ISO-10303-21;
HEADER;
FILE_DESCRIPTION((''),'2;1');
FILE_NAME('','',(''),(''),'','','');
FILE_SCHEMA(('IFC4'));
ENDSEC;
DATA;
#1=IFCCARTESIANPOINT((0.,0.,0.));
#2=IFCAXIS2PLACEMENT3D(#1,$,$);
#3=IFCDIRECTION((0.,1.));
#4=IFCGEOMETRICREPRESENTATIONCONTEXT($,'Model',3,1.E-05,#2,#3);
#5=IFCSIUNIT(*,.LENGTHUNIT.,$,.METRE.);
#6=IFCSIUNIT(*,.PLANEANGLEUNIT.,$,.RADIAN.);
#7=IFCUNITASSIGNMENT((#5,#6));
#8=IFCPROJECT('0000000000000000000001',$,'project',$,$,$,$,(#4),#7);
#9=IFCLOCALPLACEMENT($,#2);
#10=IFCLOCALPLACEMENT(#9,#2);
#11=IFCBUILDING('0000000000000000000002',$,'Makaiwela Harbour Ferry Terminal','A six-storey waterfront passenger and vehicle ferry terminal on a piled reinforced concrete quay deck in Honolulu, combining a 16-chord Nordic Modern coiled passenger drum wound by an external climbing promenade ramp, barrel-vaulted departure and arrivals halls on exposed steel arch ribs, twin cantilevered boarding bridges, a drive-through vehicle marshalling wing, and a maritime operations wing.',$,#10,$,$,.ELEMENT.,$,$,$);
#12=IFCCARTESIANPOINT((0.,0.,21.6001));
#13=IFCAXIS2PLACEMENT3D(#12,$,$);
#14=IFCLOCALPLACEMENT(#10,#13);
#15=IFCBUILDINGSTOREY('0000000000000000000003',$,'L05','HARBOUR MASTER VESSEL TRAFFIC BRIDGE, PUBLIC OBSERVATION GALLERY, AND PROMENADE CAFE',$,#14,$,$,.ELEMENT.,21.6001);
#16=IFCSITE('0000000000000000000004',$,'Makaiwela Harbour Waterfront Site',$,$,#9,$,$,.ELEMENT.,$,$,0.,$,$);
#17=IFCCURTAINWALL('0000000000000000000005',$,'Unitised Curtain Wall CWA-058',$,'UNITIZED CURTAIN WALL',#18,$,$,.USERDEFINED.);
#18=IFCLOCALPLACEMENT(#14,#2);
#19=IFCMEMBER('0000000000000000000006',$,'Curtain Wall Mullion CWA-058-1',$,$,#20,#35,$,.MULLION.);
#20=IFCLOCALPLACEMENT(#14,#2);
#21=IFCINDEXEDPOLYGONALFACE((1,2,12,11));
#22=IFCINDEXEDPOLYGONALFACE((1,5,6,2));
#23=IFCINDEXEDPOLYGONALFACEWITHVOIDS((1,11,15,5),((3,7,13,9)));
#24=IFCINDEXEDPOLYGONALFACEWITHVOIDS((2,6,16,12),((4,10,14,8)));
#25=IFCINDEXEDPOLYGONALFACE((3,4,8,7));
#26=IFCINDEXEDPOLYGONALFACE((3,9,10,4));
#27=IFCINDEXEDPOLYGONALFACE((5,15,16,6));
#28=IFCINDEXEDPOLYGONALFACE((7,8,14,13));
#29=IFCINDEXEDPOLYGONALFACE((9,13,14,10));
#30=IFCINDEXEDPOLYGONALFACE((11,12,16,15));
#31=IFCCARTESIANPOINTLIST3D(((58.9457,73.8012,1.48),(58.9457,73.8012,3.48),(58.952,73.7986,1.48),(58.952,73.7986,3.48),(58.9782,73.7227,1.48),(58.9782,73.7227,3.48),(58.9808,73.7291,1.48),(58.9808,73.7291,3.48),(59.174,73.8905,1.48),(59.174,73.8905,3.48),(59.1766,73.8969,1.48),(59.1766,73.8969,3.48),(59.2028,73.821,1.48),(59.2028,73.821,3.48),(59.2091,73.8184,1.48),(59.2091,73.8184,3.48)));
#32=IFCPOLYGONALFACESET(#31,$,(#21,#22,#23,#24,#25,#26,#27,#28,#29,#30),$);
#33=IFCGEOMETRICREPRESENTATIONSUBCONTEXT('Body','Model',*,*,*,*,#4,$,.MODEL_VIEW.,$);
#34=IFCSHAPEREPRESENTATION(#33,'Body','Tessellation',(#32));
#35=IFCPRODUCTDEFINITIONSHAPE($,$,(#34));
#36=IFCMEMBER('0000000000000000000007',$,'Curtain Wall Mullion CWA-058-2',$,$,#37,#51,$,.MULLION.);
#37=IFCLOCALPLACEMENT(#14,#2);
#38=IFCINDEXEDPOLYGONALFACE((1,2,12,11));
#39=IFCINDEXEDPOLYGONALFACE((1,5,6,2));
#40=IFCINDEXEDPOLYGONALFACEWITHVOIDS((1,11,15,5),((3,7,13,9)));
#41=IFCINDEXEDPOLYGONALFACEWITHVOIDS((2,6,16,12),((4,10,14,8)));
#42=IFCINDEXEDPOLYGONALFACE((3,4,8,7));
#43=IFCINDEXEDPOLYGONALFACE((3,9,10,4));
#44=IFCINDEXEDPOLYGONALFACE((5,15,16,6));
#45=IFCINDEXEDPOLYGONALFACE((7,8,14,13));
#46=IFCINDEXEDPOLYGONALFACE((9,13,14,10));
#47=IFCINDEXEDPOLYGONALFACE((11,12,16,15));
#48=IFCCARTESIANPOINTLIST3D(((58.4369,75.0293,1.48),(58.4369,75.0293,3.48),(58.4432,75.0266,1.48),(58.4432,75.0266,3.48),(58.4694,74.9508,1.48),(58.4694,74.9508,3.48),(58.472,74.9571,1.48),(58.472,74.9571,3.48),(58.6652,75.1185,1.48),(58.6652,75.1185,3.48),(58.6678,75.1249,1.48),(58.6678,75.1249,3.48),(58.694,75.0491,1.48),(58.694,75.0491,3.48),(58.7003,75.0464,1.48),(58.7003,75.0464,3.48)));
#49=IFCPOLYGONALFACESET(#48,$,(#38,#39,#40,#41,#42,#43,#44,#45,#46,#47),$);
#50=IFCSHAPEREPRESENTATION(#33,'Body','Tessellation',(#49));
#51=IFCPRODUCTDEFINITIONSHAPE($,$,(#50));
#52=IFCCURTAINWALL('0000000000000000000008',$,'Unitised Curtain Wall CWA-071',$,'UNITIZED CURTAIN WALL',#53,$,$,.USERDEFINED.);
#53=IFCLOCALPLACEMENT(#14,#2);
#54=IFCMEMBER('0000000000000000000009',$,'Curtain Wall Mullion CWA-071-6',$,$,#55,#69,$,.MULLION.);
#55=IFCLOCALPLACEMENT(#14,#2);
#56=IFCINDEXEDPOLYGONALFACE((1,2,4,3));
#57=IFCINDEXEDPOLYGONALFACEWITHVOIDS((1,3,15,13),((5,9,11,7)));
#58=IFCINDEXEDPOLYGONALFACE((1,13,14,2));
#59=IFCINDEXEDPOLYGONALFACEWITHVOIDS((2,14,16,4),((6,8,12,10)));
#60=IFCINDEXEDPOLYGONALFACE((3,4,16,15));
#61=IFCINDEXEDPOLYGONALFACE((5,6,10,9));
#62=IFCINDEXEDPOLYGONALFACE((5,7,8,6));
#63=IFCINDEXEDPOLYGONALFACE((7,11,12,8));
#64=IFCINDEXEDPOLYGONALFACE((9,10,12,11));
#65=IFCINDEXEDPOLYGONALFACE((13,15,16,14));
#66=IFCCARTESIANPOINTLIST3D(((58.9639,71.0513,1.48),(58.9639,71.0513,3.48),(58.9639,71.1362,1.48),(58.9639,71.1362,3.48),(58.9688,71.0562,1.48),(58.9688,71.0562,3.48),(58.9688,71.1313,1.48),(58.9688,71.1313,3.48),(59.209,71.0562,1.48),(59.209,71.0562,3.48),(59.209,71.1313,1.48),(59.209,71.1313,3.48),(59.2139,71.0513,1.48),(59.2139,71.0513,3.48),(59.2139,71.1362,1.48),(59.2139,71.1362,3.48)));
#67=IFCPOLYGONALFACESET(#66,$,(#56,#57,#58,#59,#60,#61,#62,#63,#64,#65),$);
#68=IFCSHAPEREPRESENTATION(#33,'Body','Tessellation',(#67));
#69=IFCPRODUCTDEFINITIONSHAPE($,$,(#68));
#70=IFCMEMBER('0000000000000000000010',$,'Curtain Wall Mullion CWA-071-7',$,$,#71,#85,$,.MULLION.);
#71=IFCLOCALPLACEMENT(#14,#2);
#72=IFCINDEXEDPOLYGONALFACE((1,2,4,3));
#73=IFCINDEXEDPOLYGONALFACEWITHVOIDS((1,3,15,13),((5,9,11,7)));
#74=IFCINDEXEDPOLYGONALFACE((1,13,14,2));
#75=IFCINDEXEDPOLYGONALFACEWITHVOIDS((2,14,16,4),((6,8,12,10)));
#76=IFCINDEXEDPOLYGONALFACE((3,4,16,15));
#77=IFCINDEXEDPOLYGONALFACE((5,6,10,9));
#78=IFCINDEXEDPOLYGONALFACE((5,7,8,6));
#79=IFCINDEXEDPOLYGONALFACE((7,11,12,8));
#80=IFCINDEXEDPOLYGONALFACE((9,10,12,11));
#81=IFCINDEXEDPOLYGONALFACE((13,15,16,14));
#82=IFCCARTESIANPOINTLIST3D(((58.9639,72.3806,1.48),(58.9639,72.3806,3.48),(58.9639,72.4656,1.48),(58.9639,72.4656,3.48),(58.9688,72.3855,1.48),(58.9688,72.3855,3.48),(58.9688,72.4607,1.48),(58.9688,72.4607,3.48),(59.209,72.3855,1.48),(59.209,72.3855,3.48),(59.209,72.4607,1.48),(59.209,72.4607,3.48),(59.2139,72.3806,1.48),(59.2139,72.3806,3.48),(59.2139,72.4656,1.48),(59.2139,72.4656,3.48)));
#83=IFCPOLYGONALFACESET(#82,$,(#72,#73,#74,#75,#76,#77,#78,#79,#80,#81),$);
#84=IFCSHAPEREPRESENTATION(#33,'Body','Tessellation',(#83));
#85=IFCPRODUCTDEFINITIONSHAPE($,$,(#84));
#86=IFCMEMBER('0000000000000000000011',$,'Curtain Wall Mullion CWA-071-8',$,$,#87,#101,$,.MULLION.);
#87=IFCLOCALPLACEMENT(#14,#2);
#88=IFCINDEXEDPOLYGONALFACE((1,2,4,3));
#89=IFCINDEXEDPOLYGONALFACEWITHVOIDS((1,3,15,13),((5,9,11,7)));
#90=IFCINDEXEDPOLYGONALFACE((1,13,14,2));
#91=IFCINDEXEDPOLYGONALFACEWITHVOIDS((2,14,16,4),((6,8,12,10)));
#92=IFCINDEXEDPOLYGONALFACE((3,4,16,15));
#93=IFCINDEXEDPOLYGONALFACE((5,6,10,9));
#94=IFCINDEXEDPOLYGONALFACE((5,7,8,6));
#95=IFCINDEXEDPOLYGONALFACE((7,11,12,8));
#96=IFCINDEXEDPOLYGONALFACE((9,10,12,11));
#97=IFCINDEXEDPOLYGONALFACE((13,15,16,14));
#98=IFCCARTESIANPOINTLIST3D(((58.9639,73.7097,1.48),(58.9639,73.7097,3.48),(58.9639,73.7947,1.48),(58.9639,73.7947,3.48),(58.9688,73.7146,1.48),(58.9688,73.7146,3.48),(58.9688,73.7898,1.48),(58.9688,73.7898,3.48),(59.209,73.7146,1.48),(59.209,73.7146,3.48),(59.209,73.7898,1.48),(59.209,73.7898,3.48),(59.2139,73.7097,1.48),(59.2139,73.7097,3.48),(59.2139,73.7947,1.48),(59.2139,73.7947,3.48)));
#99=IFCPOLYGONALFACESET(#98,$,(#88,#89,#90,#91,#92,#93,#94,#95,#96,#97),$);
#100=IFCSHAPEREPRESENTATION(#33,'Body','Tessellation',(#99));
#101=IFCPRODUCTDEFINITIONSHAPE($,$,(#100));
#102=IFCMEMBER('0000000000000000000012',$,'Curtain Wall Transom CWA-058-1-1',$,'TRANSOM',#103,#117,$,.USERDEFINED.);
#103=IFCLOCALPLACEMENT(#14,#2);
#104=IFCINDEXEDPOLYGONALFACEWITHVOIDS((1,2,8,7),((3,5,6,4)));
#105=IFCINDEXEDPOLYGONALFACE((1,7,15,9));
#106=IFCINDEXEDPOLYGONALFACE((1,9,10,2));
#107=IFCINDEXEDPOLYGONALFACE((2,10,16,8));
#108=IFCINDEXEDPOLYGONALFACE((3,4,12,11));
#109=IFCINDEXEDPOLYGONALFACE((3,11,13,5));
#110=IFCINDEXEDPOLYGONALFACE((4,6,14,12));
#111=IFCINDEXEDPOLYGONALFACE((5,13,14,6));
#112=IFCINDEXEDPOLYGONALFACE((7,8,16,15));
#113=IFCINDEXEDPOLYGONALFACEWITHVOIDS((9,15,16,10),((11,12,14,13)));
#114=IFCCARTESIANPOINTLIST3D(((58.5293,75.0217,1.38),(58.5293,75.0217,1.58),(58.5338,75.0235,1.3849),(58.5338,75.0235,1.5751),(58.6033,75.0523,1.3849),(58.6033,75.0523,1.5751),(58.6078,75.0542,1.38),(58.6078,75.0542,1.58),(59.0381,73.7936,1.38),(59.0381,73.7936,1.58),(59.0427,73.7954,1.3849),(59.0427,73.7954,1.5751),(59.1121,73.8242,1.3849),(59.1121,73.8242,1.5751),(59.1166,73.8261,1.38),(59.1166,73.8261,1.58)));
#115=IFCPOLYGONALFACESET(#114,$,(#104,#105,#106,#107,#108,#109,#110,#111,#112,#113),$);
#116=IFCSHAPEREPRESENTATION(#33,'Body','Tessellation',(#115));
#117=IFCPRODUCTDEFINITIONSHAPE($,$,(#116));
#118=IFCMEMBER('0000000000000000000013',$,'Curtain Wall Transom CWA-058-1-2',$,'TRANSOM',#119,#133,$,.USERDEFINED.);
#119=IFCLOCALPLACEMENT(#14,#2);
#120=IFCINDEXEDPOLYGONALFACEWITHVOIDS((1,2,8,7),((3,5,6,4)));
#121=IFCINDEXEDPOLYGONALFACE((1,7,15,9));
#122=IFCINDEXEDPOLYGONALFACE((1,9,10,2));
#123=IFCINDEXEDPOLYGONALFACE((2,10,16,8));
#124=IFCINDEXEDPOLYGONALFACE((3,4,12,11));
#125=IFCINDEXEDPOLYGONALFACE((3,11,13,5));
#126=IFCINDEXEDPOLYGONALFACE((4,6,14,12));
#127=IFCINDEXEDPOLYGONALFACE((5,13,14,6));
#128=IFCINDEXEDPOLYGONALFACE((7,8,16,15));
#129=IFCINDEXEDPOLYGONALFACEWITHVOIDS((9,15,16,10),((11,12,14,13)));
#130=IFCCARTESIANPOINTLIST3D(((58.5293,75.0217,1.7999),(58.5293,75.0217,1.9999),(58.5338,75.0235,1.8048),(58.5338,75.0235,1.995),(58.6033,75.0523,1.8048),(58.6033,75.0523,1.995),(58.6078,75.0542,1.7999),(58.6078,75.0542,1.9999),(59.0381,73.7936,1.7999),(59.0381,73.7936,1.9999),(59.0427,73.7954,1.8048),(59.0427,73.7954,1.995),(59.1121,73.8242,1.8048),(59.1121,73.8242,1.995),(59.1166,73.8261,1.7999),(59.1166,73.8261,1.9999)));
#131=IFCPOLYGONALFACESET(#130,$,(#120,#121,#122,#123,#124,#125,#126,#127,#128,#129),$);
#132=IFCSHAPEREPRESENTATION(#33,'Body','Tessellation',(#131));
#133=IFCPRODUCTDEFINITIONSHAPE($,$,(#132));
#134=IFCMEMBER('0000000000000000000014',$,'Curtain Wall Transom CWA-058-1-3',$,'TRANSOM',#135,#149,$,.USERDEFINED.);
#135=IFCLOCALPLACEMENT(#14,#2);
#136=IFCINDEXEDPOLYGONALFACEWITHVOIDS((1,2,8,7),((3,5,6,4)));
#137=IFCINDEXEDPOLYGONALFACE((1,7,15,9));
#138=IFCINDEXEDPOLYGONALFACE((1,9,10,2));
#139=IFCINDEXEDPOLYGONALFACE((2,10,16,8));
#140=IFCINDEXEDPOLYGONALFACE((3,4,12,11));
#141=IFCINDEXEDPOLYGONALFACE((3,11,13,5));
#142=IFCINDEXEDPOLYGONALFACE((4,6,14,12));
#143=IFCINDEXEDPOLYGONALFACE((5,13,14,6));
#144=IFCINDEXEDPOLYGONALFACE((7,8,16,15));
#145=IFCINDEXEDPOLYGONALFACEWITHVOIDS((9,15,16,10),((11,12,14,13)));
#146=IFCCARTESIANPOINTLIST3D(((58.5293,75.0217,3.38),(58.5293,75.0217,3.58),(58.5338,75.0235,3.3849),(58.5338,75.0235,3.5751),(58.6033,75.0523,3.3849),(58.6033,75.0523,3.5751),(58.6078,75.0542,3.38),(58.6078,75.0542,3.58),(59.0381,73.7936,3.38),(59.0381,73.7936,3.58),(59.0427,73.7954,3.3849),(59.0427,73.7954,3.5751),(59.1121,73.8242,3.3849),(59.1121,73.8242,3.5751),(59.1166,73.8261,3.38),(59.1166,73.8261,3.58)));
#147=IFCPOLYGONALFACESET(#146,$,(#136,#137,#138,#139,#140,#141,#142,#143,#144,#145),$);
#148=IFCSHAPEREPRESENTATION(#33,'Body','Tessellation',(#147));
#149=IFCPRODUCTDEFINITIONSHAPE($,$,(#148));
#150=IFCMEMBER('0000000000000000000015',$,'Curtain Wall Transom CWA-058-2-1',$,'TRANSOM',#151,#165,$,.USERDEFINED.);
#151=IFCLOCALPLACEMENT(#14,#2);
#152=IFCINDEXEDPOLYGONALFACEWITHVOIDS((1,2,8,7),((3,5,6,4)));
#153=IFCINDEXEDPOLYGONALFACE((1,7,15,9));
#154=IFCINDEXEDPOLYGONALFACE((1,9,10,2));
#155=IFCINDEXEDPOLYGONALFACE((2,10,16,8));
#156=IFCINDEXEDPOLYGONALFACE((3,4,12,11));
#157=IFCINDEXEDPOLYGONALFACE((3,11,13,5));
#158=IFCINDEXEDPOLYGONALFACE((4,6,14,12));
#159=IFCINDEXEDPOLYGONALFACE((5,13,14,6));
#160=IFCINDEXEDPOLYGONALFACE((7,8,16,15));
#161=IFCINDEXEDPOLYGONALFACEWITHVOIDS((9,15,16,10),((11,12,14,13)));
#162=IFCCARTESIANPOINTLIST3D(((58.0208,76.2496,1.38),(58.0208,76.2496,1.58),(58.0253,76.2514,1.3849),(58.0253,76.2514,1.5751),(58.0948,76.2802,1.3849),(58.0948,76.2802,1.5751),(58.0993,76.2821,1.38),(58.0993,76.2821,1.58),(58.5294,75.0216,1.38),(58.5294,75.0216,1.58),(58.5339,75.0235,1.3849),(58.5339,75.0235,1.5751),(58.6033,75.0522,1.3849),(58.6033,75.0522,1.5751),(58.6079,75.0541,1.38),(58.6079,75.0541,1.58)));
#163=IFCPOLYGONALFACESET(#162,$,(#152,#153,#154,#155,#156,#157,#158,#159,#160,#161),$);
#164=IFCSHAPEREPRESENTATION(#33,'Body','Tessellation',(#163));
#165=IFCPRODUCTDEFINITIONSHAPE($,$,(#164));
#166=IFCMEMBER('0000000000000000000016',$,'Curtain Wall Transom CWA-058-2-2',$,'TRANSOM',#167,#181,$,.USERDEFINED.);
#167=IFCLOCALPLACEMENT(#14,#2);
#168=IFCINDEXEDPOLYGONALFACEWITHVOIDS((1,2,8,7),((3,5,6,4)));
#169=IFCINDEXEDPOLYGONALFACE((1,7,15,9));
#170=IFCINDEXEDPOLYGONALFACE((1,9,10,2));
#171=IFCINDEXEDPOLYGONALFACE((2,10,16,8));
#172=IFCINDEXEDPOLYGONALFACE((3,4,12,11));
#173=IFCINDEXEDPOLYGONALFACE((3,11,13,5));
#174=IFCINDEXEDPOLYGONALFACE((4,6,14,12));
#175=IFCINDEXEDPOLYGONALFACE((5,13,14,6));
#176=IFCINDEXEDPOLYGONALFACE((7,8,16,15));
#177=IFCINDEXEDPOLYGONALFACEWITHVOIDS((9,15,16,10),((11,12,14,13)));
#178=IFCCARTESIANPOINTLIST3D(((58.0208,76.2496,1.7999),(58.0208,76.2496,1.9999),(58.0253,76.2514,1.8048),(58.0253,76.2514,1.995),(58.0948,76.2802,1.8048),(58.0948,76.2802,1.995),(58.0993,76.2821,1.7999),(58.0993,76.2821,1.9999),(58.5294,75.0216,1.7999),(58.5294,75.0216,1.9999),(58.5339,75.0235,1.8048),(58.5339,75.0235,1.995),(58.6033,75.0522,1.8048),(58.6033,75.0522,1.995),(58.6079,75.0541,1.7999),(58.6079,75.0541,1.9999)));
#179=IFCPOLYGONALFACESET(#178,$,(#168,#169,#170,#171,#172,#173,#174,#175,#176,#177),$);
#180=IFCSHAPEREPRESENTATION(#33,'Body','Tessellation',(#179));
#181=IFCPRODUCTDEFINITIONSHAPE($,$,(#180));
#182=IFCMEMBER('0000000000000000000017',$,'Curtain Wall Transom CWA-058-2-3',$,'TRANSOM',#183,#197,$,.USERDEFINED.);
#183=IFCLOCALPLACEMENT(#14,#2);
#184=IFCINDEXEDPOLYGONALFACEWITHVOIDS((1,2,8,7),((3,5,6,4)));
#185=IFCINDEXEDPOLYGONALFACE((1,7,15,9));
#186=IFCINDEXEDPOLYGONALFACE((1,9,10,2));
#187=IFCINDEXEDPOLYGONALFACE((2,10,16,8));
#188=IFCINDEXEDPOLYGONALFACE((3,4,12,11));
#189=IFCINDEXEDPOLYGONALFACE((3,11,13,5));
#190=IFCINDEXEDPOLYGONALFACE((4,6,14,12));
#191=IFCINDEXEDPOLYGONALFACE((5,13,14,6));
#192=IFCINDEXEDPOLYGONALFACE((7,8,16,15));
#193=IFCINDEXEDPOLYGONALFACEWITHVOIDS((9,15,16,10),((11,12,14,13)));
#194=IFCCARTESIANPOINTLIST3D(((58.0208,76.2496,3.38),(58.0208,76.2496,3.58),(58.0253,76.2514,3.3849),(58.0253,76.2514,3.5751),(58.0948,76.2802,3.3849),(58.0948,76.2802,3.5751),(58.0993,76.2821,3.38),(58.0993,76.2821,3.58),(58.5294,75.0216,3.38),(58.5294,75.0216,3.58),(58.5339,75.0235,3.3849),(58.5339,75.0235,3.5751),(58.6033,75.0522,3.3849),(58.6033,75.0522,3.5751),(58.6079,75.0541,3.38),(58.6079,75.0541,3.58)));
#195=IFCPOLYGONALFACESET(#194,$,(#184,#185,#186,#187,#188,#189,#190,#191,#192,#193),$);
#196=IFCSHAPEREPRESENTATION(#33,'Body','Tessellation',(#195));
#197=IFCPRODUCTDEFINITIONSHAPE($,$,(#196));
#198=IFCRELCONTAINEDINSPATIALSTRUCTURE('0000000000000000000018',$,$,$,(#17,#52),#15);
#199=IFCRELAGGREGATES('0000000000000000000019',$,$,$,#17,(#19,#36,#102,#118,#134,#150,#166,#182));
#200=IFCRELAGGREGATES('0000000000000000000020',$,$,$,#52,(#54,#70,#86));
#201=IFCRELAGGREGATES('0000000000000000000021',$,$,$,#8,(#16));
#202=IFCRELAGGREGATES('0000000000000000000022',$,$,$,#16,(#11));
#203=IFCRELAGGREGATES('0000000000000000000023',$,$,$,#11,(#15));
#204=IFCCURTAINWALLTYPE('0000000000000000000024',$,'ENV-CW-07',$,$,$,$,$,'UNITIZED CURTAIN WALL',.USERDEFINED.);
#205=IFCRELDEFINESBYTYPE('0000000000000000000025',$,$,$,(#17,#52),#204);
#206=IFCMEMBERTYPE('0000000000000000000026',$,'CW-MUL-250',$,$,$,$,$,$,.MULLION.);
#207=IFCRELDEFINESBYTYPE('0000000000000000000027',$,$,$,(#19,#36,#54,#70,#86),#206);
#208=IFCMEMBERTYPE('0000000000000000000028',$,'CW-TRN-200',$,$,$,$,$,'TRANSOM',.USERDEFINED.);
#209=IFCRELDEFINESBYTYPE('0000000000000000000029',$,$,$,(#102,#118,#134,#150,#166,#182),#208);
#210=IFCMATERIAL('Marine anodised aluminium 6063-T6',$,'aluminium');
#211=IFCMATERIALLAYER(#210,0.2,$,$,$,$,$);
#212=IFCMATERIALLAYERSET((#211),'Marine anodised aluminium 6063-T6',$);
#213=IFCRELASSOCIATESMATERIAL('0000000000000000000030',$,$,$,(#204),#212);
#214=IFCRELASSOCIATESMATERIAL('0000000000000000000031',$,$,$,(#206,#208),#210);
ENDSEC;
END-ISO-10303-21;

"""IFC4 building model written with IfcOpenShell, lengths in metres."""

from ifc_helpers import new_model, si_unit, direction, frame, origin, origin_2d, place, context, subcontext, project, spatial, hollow_rectangle, extrude, material, layer, layer_set, material_profile, profile_set, type_object, element, aggregate, save


model = new_model("IFC4")

# Units and contexts
model_context = context("Model", 3, precision=1e-05, world=origin(), true_north=direction((0.0, 1.0)))
body_context = subcontext(model_context, "Body", "Model", "MODEL_VIEW")
ifc_project = project(units=[si_unit("LENGTHUNIT", "METRE"), si_unit("PLANEANGLEUNIT", "RADIAN")], contexts=[model_context])

# Site, building, storey
site_placement = place(None, origin())
site = spatial("IfcSite", under=ifc_project, at=site_placement, Name="Makaiwela Harbour Waterfront Site", CompositionType="ELEMENT", RefElevation=0.0)
building_placement = place(site_placement, origin())
building = spatial("IfcBuilding", under=site, at=building_placement, Name="Makaiwela Harbour Ferry Terminal", Description="A six-storey waterfront passenger and vehicle ferry terminal on a piled reinforced concrete quay deck in Honolulu, combining a 16-chord Nordic Modern coiled passenger drum wound by an external climbing promenade ramp, barrel-vaulted departure and arrivals halls on exposed steel arch ribs, twin cantilevered boarding bridges, a drive-through vehicle marshalling wing, and a maritime operations wing.", CompositionType="ELEMENT")
storey_placement = place(building_placement, frame((0.0, 0.0, 21.6001)))
storey = spatial("IfcBuildingStorey", under=building, at=storey_placement, Name="L05", Description="HARBOUR MASTER VESSEL TRAFFIC BRIDGE, PUBLIC OBSERVATION GALLERY, AND PROMENADE CAFE", CompositionType="ELEMENT", Elevation=21.6001)

# Curtain walls, members
ifc_material_1 = material(Name="Marine anodised aluminium 6063-T6", Category="aluminium")
ifc_layer_1 = layer(ifc_material_1, 0.2)
ifc_layer_set_1 = layer_set([ifc_layer_1], Name="Marine anodised aluminium 6063-T6")
curtain_wall_type = type_object("IfcCurtainWallType", Name="ENV-CW-07", ElementType="UNITIZED CURTAIN WALL", PredefinedType="USERDEFINED", material=ifc_layer_set_1)
curtain_wall_1_placement = place(storey_placement, origin())
curtain_wall_1 = element("IfcCurtainWall", 1, at=curtain_wall_1_placement, inside=storey, type_object=curtain_wall_type, Name="Unitised Curtain Wall CWA-058", ObjectType="UNITIZED CURTAIN WALL", PredefinedType="USERDEFINED")
ifc_material_profile_1 = material_profile(ifc_material_1, hollow_rectangle(XDim=0.085, YDim=0.25, WallThickness=0.0049, at=origin_2d()), Name="CWM-250X85")
ifc_profile_set_1 = profile_set([ifc_material_profile_1], Name="Marine anodised aluminium 6063-T6")
member_type_1 = type_object("IfcMemberType", Name="CW-MUL-250", PredefinedType="MULLION", material=ifc_profile_set_1)
member_1_placement = place(storey_placement, frame((59.0774, 73.8098, 1.48), z_axis=(0.0, 0.0, 1.0), x_axis=(-0.382683, 0.92388, 0.0)))
member_1 = element("IfcMember", 2, at=member_1_placement, type_object=member_type_1, Name="Curtain Wall Mullion CWA-058-1", PredefinedType="MULLION", context=body_context, shape_type="SweptSolid", body=[
    extrude(hollow_rectangle(XDim=0.085, YDim=0.25, WallThickness=0.0049, at=origin_2d()), origin(), (0.0, 0.0, 1.0), 2.0),
])
member_2_placement = place(storey_placement, frame((58.5686, 75.0378, 1.48), z_axis=(0.0, 0.0, 1.0), x_axis=(-0.382683, 0.92388, 0.0)))
member_2 = element("IfcMember", 3, at=member_2_placement, type_object=member_type_1, Name="Curtain Wall Mullion CWA-058-2", PredefinedType="MULLION", context=body_context, shape_type="SweptSolid", body=[
    extrude(hollow_rectangle(XDim=0.085, YDim=0.25, WallThickness=0.0049, at=origin_2d()), origin(), (0.0, 0.0, 1.0), 2.0),
])
curtain_wall_2_placement = place(storey_placement, origin())
curtain_wall_2 = element("IfcCurtainWall", 4, at=curtain_wall_2_placement, inside=storey, type_object=curtain_wall_type, Name="Unitised Curtain Wall CWA-071", ObjectType="UNITIZED CURTAIN WALL", PredefinedType="USERDEFINED")
member_3_placement = place(storey_placement, frame((59.0889, 71.0938, 1.48), z_axis=(0.0, 0.0, 1.0), x_axis=(0.0, 1.0, 0.0)))
member_3 = element("IfcMember", 5, at=member_3_placement, type_object=member_type_1, Name="Curtain Wall Mullion CWA-071-6", PredefinedType="MULLION", context=body_context, shape_type="SweptSolid", body=[
    extrude(hollow_rectangle(XDim=0.085, YDim=0.25, WallThickness=0.0049, at=origin_2d()), origin(), (0.0, 0.0, 1.0), 2.0),
])
member_4_placement = place(storey_placement, frame((59.0889, 72.4231, 1.48), z_axis=(0.0, 0.0, 1.0), x_axis=(0.0, 1.0, 0.0)))
member_4 = element("IfcMember", 6, at=member_4_placement, type_object=member_type_1, Name="Curtain Wall Mullion CWA-071-7", PredefinedType="MULLION", context=body_context, shape_type="SweptSolid", body=[
    extrude(hollow_rectangle(XDim=0.085, YDim=0.25, WallThickness=0.0049, at=origin_2d()), origin(), (0.0, 0.0, 1.0), 2.0),
])
member_5_placement = place(storey_placement, frame((59.0889, 73.7522, 1.48), z_axis=(0.0, 0.0, 1.0), x_axis=(0.0, 1.0, 0.0)))
member_5 = element("IfcMember", 7, at=member_5_placement, type_object=member_type_1, Name="Curtain Wall Mullion CWA-071-8", PredefinedType="MULLION", context=body_context, shape_type="SweptSolid", body=[
    extrude(hollow_rectangle(XDim=0.085, YDim=0.25, WallThickness=0.0049, at=origin_2d()), origin(), (0.0, 0.0, 1.0), 2.0),
])

# Members
ifc_material_profile_2 = material_profile(ifc_material_1, hollow_rectangle(XDim=0.085, YDim=0.2, WallThickness=0.0049, at=origin_2d()), Name="CWT-200X85")
ifc_profile_set_2 = profile_set([ifc_material_profile_2], Name="Marine anodised aluminium 6063-T6")
member_type_2 = type_object("IfcMemberType", Name="CW-TRN-200", ElementType="TRANSOM", PredefinedType="USERDEFINED", material=ifc_profile_set_2)
member_6_placement = place(storey_placement, frame((59.0774, 73.8098, 1.48), z_axis=(-0.382763, 0.923847, 0.0), x_axis=(-0.923847, -0.382763, 0.0)))
member_6 = element("IfcMember", 8, at=member_6_placement, type_object=member_type_2, Name="Curtain Wall Transom CWA-058-1-1", ObjectType="TRANSOM", PredefinedType="USERDEFINED", context=body_context, shape_type="SweptSolid", body=[
    extrude(hollow_rectangle(XDim=0.085, YDim=0.2, WallThickness=0.0049, at=origin_2d()), origin(), (0.0, 0.0, 1.0), 1.3293),
])
member_7_placement = place(storey_placement, frame((59.0774, 73.8098, 1.8999), z_axis=(-0.382763, 0.923847, 0.0), x_axis=(-0.923847, -0.382763, 0.0)))
member_7 = element("IfcMember", 9, at=member_7_placement, type_object=member_type_2, Name="Curtain Wall Transom CWA-058-1-2", ObjectType="TRANSOM", PredefinedType="USERDEFINED", context=body_context, shape_type="SweptSolid", body=[
    extrude(hollow_rectangle(XDim=0.085, YDim=0.2, WallThickness=0.0049, at=origin_2d()), origin(), (0.0, 0.0, 1.0), 1.3293),
])
member_8_placement = place(storey_placement, frame((59.0774, 73.8098, 3.48), z_axis=(-0.382763, 0.923847, 0.0), x_axis=(-0.923847, -0.382763, 0.0)))
member_8 = element("IfcMember", 10, at=member_8_placement, type_object=member_type_2, Name="Curtain Wall Transom CWA-058-1-3", ObjectType="TRANSOM", PredefinedType="USERDEFINED", context=body_context, shape_type="SweptSolid", body=[
    extrude(hollow_rectangle(XDim=0.085, YDim=0.2, WallThickness=0.0049, at=origin_2d()), origin(), (0.0, 0.0, 1.0), 1.3293),
])
member_9_placement = place(storey_placement, frame((58.5686, 75.0378, 1.48), z_axis=(-0.382606, 0.923912, 0.0), x_axis=(-0.923912, -0.382606, 0.0)))
member_9 = element("IfcMember", 11, at=member_9_placement, type_object=member_type_2, Name="Curtain Wall Transom CWA-058-2-1", ObjectType="TRANSOM", PredefinedType="USERDEFINED", context=body_context, shape_type="SweptSolid", body=[
    extrude(hollow_rectangle(XDim=0.085, YDim=0.2, WallThickness=0.0049, at=origin_2d()), origin(), (0.0, 0.0, 1.0), 1.3291),
])
member_10_placement = place(storey_placement, frame((58.5686, 75.0378, 1.8999), z_axis=(-0.382606, 0.923912, 0.0), x_axis=(-0.923912, -0.382606, 0.0)))
member_10 = element("IfcMember", 12, at=member_10_placement, type_object=member_type_2, Name="Curtain Wall Transom CWA-058-2-2", ObjectType="TRANSOM", PredefinedType="USERDEFINED", context=body_context, shape_type="SweptSolid", body=[
    extrude(hollow_rectangle(XDim=0.085, YDim=0.2, WallThickness=0.0049, at=origin_2d()), origin(), (0.0, 0.0, 1.0), 1.3291),
])
member_11_placement = place(storey_placement, frame((58.5686, 75.0378, 3.48), z_axis=(-0.382606, 0.923912, 0.0), x_axis=(-0.923912, -0.382606, 0.0)))
member_11 = element("IfcMember", 13, at=member_11_placement, type_object=member_type_2, Name="Curtain Wall Transom CWA-058-2-3", ObjectType="TRANSOM", PredefinedType="USERDEFINED", context=body_context, shape_type="SweptSolid", body=[
    extrude(hollow_rectangle(XDim=0.085, YDim=0.2, WallThickness=0.0049, at=origin_2d()), origin(), (0.0, 0.0, 1.0), 1.3291),
])

aggregate(curtain_wall_1, [member_1, member_2, member_6, member_7, member_8, member_9, member_10, member_11])
aggregate(curtain_wall_2, [member_3, member_4, member_5])

save(model, "model.ifc")
